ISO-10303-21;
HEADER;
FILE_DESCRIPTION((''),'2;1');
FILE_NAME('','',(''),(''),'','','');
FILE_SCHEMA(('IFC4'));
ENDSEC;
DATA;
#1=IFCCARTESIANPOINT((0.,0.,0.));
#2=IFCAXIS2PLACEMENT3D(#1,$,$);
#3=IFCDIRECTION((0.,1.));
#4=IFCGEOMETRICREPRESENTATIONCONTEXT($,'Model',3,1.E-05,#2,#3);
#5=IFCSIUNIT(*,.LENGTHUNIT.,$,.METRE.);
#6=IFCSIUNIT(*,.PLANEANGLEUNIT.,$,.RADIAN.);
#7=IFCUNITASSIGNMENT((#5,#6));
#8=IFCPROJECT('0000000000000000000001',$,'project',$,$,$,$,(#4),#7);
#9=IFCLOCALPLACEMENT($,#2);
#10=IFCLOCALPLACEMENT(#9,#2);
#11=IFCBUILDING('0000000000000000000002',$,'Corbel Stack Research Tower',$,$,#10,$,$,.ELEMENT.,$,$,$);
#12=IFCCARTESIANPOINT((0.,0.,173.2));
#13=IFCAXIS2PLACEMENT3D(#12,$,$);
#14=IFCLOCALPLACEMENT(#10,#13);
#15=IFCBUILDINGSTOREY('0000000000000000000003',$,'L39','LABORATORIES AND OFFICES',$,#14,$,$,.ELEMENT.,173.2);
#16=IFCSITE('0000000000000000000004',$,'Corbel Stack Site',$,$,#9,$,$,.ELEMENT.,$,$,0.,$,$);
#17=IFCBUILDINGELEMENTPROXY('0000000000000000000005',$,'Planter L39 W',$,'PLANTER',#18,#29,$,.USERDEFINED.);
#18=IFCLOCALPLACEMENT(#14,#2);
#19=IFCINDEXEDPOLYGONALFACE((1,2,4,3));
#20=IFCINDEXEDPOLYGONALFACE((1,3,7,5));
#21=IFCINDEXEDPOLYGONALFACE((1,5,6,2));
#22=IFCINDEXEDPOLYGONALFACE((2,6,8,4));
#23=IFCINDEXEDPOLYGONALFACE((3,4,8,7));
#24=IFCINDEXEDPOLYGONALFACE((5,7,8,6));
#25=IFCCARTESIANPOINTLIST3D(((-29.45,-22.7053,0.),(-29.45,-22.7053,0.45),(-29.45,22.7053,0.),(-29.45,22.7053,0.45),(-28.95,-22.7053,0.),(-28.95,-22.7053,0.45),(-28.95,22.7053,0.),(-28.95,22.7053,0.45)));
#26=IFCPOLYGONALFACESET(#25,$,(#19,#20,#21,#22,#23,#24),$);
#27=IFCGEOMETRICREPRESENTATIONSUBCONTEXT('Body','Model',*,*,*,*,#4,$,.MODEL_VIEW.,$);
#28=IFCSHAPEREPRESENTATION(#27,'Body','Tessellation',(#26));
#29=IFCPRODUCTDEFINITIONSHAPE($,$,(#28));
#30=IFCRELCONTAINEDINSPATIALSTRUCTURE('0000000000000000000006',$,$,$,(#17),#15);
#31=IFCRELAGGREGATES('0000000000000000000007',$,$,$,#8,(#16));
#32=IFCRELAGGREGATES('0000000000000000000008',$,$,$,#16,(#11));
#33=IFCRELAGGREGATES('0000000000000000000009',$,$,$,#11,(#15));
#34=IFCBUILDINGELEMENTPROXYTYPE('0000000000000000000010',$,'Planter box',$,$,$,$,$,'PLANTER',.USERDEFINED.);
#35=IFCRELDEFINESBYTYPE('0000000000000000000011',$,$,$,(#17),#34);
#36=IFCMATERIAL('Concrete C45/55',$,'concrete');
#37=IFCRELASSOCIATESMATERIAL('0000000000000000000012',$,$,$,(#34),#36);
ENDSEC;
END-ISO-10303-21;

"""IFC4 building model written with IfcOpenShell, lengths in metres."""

from ifc_helpers import new_model, si_unit, direction, frame, origin, origin_2d, place, context, subcontext, project, spatial, rectangle, extrude, material, type_object, element, save


model = new_model("IFC4")

# Units and contexts
model_context = context("Model", 3, precision=1e-05, world=origin(), true_north=direction((0.0, 1.0)))
body_context = subcontext(model_context, "Body", "Model", "MODEL_VIEW")
ifc_project = project(units=[si_unit("LENGTHUNIT", "METRE"), si_unit("PLANEANGLEUNIT", "RADIAN")], contexts=[model_context])

# Site, building, storey
site_placement = place(None, origin())
site = spatial("IfcSite", under=ifc_project, at=site_placement, Name="Corbel Stack Site", CompositionType="ELEMENT", RefElevation=0.0)
building_placement = place(site_placement, origin())
building = spatial("IfcBuilding", under=site, at=building_placement, Name="Corbel Stack Research Tower", CompositionType="ELEMENT")
storey_placement = place(building_placement, frame((0.0, 0.0, 173.2)))
storey = spatial("IfcBuildingStorey", under=building, at=storey_placement, Name="L39", Description="LABORATORIES AND OFFICES", CompositionType="ELEMENT", Elevation=173.2)

# Building element proxy
ifc_material_1 = material(Name="Concrete C45/55", Category="concrete")
building_element_proxy_type = type_object("IfcBuildingElementProxyType", Name="Planter box", ElementType="PLANTER", PredefinedType="USERDEFINED", material=ifc_material_1)
proxy_placement = place(storey_placement, frame((-29.2, 0.0, 0.0), z_axis=(0.0, 0.0, 1.0), x_axis=(0.0, -1.0, 0.0)))
element("IfcBuildingElementProxy", 1, at=proxy_placement, inside=storey, type_object=building_element_proxy_type, Name="Planter L39 W", ObjectType="PLANTER", PredefinedType="USERDEFINED", context=body_context, shape_type="SweptSolid", body=[
    extrude(rectangle(XDim=45.4106, YDim=0.5, at=origin_2d()), origin(), (0.0, 0.0, 1.0), 0.45),
])

save(model, "model.ifc")
